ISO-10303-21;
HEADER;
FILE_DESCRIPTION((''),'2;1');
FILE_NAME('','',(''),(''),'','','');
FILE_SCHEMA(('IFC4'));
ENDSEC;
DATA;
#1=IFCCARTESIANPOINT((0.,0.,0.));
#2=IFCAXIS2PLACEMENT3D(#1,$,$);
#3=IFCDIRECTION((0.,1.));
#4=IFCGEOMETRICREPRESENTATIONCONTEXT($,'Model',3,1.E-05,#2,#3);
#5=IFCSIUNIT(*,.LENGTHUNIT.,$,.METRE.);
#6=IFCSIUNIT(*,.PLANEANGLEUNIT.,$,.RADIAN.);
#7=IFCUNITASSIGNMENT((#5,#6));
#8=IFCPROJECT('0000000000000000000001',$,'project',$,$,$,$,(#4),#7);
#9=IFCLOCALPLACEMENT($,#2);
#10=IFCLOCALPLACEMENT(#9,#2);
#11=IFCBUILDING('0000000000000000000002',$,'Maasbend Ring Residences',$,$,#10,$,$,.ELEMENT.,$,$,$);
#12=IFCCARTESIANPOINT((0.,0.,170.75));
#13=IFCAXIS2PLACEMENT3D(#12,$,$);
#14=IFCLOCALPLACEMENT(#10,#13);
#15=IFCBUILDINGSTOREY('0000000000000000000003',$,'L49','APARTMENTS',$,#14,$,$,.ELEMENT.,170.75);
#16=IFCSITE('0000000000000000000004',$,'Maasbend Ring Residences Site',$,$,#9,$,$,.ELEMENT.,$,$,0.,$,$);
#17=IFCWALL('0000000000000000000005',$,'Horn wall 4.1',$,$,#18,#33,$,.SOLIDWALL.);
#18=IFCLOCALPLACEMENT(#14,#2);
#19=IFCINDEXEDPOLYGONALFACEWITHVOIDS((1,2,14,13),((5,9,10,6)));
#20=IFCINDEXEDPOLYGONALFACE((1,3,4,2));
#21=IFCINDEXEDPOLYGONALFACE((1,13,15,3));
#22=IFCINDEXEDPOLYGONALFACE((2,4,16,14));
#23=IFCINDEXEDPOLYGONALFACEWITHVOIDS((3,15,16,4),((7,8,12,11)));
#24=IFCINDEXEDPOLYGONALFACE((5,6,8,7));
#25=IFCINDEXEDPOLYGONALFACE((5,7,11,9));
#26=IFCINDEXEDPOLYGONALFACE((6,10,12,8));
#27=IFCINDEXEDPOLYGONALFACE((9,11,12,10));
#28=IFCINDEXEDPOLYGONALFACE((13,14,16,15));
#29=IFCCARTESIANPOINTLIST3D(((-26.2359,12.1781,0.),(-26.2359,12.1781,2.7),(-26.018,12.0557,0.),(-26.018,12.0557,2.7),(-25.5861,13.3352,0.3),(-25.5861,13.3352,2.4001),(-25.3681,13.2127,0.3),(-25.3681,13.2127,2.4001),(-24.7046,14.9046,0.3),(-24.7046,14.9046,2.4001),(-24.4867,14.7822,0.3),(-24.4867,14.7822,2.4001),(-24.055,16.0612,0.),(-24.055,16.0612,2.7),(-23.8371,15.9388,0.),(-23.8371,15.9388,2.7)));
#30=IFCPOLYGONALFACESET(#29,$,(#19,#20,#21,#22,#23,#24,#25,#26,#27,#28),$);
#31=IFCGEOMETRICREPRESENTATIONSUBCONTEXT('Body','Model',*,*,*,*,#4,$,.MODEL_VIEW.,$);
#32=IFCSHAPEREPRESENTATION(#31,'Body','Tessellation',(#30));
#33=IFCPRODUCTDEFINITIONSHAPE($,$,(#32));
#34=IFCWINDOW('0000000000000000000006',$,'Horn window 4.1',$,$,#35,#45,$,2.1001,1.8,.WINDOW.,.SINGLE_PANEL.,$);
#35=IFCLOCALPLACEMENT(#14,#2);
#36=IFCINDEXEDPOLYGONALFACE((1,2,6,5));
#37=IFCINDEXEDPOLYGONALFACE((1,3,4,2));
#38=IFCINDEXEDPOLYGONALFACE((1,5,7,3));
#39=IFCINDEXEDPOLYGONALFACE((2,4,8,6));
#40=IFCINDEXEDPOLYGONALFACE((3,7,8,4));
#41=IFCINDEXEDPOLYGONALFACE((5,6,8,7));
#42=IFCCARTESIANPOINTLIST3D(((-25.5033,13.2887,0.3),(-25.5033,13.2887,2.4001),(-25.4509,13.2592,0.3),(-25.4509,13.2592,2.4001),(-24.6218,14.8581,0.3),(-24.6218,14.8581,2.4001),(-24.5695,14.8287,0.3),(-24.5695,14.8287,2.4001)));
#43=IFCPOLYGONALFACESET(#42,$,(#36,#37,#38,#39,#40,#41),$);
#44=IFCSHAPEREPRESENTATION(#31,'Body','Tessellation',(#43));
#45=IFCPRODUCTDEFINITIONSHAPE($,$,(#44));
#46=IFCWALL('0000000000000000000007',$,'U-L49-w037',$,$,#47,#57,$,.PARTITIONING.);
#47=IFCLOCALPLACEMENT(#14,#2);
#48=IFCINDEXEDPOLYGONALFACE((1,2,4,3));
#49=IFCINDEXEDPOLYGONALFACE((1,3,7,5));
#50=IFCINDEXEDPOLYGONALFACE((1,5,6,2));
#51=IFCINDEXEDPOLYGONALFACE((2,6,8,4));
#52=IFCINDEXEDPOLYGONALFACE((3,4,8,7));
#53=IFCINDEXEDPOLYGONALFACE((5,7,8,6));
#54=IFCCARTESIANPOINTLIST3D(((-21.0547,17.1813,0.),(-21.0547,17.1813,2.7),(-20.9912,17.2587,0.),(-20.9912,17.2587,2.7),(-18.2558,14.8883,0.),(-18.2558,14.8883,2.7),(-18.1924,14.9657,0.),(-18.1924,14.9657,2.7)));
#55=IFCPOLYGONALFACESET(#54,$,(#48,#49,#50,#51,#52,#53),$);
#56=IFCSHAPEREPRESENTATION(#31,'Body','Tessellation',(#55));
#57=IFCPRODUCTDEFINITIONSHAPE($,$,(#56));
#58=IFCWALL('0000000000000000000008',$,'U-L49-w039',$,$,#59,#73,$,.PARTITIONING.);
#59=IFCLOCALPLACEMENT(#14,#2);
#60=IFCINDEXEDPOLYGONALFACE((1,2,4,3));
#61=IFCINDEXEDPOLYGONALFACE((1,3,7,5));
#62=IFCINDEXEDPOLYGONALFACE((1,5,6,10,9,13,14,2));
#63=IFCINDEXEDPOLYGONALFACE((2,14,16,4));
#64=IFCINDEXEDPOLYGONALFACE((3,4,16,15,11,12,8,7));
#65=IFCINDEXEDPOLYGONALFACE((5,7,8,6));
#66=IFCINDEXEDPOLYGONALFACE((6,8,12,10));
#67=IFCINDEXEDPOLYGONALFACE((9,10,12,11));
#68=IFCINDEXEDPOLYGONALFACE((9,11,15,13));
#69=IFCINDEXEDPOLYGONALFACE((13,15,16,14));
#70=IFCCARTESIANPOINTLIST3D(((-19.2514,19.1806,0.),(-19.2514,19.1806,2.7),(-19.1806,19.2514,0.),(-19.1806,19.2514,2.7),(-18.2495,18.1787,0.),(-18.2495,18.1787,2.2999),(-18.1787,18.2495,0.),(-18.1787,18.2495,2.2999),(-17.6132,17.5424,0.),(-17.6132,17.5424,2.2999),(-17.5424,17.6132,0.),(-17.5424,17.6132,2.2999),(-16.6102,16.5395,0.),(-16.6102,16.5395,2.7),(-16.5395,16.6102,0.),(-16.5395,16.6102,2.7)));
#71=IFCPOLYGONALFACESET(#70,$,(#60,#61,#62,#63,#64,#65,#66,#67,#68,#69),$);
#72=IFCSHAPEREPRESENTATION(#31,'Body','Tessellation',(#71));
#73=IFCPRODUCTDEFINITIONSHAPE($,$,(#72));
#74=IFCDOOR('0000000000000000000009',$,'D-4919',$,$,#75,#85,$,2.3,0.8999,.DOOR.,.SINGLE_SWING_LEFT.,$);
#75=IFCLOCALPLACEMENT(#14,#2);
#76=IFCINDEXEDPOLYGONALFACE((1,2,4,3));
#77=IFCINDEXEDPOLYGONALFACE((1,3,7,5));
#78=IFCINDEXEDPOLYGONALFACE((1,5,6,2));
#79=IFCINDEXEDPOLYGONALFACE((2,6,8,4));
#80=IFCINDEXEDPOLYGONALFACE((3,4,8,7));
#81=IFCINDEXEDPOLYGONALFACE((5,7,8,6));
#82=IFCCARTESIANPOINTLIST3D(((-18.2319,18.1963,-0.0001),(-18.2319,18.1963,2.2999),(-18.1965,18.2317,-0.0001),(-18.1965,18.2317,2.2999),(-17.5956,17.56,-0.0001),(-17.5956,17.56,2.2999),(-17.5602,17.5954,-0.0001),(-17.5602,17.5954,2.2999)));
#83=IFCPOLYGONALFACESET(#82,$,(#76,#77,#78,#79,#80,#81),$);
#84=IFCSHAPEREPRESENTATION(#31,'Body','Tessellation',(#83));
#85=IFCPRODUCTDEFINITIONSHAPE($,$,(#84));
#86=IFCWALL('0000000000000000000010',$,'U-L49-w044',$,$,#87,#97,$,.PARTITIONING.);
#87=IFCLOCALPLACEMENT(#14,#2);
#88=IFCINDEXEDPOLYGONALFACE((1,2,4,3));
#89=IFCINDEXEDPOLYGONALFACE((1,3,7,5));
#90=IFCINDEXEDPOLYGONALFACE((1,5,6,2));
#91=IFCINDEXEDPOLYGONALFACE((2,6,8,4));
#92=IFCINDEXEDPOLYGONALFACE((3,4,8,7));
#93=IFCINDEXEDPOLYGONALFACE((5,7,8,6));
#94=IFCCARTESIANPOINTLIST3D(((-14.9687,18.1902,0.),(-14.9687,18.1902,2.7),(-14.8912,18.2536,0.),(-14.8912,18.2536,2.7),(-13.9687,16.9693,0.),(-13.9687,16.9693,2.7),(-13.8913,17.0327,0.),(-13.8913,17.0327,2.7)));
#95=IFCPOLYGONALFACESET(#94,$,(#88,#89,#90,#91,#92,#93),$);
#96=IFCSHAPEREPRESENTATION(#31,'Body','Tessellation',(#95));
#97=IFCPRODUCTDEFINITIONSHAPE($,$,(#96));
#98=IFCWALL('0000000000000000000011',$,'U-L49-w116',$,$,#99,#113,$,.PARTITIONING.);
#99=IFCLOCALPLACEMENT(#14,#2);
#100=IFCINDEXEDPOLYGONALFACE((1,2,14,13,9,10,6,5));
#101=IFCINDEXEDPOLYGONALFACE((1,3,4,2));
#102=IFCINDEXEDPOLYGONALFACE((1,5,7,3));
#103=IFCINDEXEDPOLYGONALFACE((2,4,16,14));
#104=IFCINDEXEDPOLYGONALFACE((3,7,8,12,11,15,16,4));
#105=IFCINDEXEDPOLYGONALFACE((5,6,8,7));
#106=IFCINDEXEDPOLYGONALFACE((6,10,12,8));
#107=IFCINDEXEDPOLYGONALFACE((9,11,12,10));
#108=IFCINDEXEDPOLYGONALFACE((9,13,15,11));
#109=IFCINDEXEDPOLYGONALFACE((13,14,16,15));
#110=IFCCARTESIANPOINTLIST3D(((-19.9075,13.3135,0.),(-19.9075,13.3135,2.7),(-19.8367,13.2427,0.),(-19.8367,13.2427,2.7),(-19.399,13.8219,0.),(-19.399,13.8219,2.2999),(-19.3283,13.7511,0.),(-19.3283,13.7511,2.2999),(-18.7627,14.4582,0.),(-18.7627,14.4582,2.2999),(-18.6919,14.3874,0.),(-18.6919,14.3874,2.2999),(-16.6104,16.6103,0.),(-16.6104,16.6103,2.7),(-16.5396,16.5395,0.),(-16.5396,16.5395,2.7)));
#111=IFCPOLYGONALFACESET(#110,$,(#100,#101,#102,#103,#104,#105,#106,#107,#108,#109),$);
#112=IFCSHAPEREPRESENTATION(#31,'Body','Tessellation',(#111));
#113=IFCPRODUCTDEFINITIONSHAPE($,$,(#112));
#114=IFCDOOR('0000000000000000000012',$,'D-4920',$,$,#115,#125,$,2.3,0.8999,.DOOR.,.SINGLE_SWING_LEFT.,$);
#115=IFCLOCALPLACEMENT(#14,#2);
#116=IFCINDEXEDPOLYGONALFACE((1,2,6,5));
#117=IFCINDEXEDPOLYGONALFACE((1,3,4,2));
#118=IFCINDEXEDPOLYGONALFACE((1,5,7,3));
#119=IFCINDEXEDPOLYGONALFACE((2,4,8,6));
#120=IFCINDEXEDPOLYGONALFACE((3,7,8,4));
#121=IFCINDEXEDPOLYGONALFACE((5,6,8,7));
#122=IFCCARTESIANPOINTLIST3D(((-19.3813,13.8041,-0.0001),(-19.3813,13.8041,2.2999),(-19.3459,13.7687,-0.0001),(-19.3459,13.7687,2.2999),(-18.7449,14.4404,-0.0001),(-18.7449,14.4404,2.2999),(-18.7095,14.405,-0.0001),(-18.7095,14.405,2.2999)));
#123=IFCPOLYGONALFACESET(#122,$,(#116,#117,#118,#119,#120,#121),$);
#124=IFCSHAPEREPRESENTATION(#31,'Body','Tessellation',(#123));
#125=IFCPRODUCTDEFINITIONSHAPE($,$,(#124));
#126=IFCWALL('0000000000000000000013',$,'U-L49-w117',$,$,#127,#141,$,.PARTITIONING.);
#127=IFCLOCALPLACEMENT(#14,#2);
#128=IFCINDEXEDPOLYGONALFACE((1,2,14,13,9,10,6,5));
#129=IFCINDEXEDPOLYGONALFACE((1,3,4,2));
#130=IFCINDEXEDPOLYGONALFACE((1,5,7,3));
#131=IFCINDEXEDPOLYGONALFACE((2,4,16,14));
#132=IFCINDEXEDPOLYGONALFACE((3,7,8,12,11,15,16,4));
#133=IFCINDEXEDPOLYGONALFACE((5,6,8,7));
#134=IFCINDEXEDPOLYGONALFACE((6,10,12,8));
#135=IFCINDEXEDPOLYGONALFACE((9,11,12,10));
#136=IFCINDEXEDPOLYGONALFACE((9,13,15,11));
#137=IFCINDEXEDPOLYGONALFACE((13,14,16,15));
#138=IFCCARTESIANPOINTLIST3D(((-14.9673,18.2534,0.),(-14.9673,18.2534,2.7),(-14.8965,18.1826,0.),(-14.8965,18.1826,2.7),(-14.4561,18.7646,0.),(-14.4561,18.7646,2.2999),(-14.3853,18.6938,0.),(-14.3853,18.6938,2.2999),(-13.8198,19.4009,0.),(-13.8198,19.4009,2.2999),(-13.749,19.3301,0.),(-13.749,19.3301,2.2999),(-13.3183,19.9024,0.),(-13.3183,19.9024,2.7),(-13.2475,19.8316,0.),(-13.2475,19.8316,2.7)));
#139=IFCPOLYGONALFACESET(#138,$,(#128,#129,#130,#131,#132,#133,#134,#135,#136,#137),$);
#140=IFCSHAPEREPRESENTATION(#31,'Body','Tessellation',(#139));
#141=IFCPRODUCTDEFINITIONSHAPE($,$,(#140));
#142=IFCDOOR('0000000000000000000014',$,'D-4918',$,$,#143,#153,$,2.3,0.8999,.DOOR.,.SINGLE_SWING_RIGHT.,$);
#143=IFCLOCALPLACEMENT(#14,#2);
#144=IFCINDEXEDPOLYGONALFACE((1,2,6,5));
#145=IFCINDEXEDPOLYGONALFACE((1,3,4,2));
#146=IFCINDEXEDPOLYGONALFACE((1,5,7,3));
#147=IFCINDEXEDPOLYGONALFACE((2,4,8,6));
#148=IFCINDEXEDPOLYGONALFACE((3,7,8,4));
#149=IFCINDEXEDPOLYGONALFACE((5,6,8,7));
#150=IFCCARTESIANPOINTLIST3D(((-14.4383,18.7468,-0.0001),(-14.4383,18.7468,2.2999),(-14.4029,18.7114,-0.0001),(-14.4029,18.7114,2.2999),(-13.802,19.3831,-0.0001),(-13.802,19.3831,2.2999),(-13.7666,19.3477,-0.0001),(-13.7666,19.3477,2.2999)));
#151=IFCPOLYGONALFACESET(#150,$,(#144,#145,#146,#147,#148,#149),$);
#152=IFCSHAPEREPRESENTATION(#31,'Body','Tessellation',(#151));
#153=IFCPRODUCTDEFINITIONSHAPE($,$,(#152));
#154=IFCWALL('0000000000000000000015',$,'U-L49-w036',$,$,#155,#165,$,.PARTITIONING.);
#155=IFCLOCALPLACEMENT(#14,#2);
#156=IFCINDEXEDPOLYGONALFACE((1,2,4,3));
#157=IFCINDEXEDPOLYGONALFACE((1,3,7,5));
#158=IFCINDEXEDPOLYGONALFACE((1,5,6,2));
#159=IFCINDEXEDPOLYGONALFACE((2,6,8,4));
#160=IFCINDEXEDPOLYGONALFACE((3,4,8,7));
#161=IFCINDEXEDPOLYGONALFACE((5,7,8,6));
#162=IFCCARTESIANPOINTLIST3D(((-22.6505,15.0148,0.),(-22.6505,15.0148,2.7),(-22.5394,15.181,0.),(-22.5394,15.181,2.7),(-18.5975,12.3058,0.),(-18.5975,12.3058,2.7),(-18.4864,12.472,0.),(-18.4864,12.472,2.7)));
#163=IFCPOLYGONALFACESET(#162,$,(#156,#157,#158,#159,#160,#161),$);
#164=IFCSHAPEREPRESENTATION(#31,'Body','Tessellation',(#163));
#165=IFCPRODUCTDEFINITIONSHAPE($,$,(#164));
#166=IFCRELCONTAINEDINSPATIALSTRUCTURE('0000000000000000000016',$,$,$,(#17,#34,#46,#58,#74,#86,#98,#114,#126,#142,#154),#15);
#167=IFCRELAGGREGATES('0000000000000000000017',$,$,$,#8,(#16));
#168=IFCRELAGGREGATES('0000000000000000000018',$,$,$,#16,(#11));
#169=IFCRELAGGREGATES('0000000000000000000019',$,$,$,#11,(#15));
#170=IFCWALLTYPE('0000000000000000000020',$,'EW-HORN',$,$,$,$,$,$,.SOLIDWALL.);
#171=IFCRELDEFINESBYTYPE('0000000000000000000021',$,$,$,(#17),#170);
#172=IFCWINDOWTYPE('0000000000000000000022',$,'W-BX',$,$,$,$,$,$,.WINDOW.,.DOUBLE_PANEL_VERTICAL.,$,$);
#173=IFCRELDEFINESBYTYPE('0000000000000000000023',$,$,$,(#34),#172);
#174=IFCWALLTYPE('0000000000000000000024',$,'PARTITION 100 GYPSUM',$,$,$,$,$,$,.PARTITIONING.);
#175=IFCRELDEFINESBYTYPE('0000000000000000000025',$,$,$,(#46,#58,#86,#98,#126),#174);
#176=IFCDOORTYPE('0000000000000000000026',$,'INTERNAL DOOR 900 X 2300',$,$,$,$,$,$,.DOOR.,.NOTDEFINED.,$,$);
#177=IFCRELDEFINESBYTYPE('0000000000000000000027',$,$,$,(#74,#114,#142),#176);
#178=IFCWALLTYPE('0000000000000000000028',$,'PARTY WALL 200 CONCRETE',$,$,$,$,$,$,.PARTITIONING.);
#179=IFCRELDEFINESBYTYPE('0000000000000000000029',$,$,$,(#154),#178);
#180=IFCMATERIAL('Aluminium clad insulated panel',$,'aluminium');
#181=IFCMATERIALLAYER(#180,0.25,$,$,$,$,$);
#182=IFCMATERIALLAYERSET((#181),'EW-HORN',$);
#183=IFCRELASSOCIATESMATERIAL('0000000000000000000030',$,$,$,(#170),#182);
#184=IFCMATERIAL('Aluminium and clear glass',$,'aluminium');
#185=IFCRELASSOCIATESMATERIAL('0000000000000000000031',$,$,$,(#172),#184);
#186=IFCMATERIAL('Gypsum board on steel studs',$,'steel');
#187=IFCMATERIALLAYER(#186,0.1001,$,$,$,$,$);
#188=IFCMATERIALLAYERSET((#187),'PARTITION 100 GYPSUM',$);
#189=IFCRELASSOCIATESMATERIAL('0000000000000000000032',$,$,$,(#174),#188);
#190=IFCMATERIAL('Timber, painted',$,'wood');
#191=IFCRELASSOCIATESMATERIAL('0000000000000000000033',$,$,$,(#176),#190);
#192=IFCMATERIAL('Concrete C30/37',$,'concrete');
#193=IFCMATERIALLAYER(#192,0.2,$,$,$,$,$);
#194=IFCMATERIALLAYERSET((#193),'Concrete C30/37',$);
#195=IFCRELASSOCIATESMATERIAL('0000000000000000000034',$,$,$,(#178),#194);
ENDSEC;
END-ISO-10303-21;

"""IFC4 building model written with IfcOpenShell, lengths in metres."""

from ifc_helpers import new_model, si_unit, direction, frame, frame_2d, origin, place, context, subcontext, project, spatial, rectangle, extrude, material, layer, layer_set, type_object, element, fill, save


model = new_model("IFC4")

# Units and contexts
model_context = context("Model", 3, precision=1e-05, world=origin(), true_north=direction((0.0, 1.0)))
body_context = subcontext(model_context, "Body", "Model", "MODEL_VIEW")
ifc_project = project(units=[si_unit("LENGTHUNIT", "METRE"), si_unit("PLANEANGLEUNIT", "RADIAN")], contexts=[model_context])

# Site, building, storey
site_placement = place(None, origin())
site = spatial("IfcSite", under=ifc_project, at=site_placement, Name="Maasbend Ring Residences Site", CompositionType="ELEMENT", RefElevation=0.0)
building_placement = place(site_placement, origin())
building = spatial("IfcBuilding", under=site, at=building_placement, Name="Maasbend Ring Residences", CompositionType="ELEMENT")
storey_placement = place(building_placement, frame((0.0, 0.0, 170.75)))
storey = spatial("IfcBuildingStorey", under=building, at=storey_placement, Name="L49", Description="APARTMENTS", CompositionType="ELEMENT", Elevation=170.75)

# Wall, opening, window
ifc_material_1 = material(Name="Aluminium clad insulated panel", Category="aluminium")
ifc_layer_1 = layer(ifc_material_1, 0.25)
ifc_layer_set_1 = layer_set([ifc_layer_1], Name="EW-HORN")
wall_type_1 = type_object("IfcWallType", Name="EW-HORN", PredefinedType="SOLIDWALL", material=ifc_layer_set_1)
wall_1_placement = place(storey_placement, frame((-23.946, 16.0, 0.0), z_axis=(0.0, 0.0, 1.0), x_axis=(-0.489696, -0.871893, 0.0)))
wall_1 = element("IfcWall", 1, at=wall_1_placement, inside=storey, type_object=wall_type_1, Name="Horn wall 4.1", PredefinedType="SOLIDWALL", context=body_context, shape_type="SweptSolid", body=[
    extrude(rectangle(XDim=4.4536, YDim=0.25, at=frame_2d((2.2268, 0.0))), origin(), (0.0, 0.0, 1.0), 2.7),
])
opening_1_placement = place(wall_1_placement, frame((1.3267, 0.0, 0.3)))
opening_1 = element("IfcOpeningElement", 2, at=opening_1_placement, cuts=wall_1, PredefinedType="OPENING", context=body_context, shape_type="SweptSolid", body=[
    extrude(rectangle(XDim=1.8, YDim=2.1001, at=frame_2d((0.8999, 1.05))), frame((0.0, 0.135, 0.0), z_axis=(0.0, -1.0, 0.0), x_axis=(1.0, 0.0, 0.0)), (0.0, 0.0, 1.0), 0.27),
])
ifc_material_2 = material(Name="Aluminium and clear glass", Category="aluminium")
window_type_1 = type_object("IfcWindowType", Name="W-BX", PartitioningType="DOUBLE_PANEL_VERTICAL", PredefinedType="WINDOW", material=ifc_material_2)
window_1_placement = place(opening_1_placement, origin())
window_1 = element("IfcWindow", 3, at=window_1_placement, inside=storey, type_object=window_type_1, Name="Horn window 4.1", OverallHeight=2.1001, OverallWidth=1.8, PartitioningType="SINGLE_PANEL", PredefinedType="WINDOW", context=body_context, shape_type="SweptSolid", body=[
    extrude(rectangle(XDim=1.8, YDim=2.1001, at=frame_2d((0.8999, 1.05))), frame((0.0, 0.03, 0.0), z_axis=(0.0, -1.0, 0.0), x_axis=(1.0, 0.0, 0.0)), (0.0, 0.0, 1.0), 0.0601),
])
fill(opening_1, window_1)

# Wall
ifc_material_3 = material(Name="Gypsum board on steel studs", Category="steel")
ifc_layer_2 = layer(ifc_material_3, 0.1001)
ifc_layer_set_2 = layer_set([ifc_layer_2], Name="PARTITION 100 GYPSUM")
wall_type_2 = type_object("IfcWallType", Name="PARTITION 100 GYPSUM", PredefinedType="PARTITIONING", material=ifc_layer_set_2)
wall_2_placement = place(storey_placement, frame((-21.0229, 17.22, 0.0), z_axis=(0.0, 0.0, 1.0), x_axis=(0.773548, -0.633737, 0.0)))
element("IfcWall", 4, at=wall_2_placement, inside=storey, type_object=wall_type_2, Name="U-L49-w037", PredefinedType="PARTITIONING", context=body_context, shape_type="SweptSolid", body=[
    extrude(rectangle(XDim=3.6182, YDim=0.1001, at=frame_2d((1.8091, 0.0))), origin(), (0.0, 0.0, 1.0), 2.7),
])

# Wall, opening, door
wall_3_placement = place(storey_placement, frame((-19.2161, 19.2161, 0.0), z_axis=(0.0, 0.0, 1.0), x_axis=(0.707107, -0.707107, 0.0)))
wall_3 = element("IfcWall", 5, at=wall_3_placement, inside=storey, type_object=wall_type_2, Name="U-L49-w039", PredefinedType="PARTITIONING", context=body_context, shape_type="SweptSolid", body=[
    extrude(rectangle(XDim=3.7351, YDim=0.1001, at=frame_2d((1.8677, 0.0))), origin(), (0.0, 0.0, 1.0), 2.7),
])
opening_2_placement = place(wall_3_placement, frame((1.417, 0.0, 0.0)))
opening_2 = element("IfcOpeningElement", 6, at=opening_2_placement, cuts=wall_3, PredefinedType="OPENING", context=body_context, shape_type="SweptSolid", body=[
    extrude(rectangle(XDim=0.8999, YDim=2.3, at=frame_2d((0.45, 1.1499))), frame((0.0, 0.0601, 0.0), z_axis=(0.0, -1.0, 0.0), x_axis=(1.0, 0.0, 0.0)), (0.0, 0.0, 1.0), 0.1201),
])
ifc_material_4 = material(Name="Timber, painted", Category="wood")
door_type_1 = type_object("IfcDoorType", Name="INTERNAL DOOR 900 X 2300", OperationType="NOTDEFINED", PredefinedType="DOOR", material=ifc_material_4)
door_1_placement = place(opening_2_placement, origin())
door_1 = element("IfcDoor", 7, at=door_1_placement, inside=storey, type_object=door_type_1, Name="D-4919", OperationType="SINGLE_SWING_LEFT", OverallHeight=2.3, OverallWidth=0.8999, PredefinedType="DOOR", context=body_context, shape_type="SweptSolid", body=[
    extrude(rectangle(XDim=0.8999, YDim=2.3, at=frame_2d((0.45, 1.1499))), frame((0.0, 0.0249, 0.0), z_axis=(0.0, -1.0, 0.0), x_axis=(1.0, 0.0, 0.0)), (0.0, 0.0, 1.0), 0.05),
])
fill(opening_2, door_1)

# Wall
wall_4_placement = place(storey_placement, frame((-14.9299, 18.2219, 0.0), z_axis=(0.0, 0.0, 1.0), x_axis=(0.633634, -0.773633, 0.0)))
element("IfcWall", 8, at=wall_4_placement, inside=storey, type_object=wall_type_2, Name="U-L49-w044", PredefinedType="PARTITIONING", context=body_context, shape_type="SweptSolid", body=[
    extrude(rectangle(XDim=1.5781, YDim=0.1001, at=frame_2d((0.7891, 0.0))), origin(), (0.0, 0.0, 1.0), 2.7),
])

# Walls, openings, doors
wall_5_placement = place(storey_placement, frame((-19.8721, 13.2781, 0.0), z_axis=(0.0, 0.0, 1.0), x_axis=(0.707133, 0.707081, 0.0)))
wall_5 = element("IfcWall", 9, at=wall_5_placement, inside=storey, type_object=wall_type_2, Name="U-L49-w116", PredefinedType="PARTITIONING", context=body_context, shape_type="SweptSolid", body=[
    extrude(rectangle(XDim=4.6626, YDim=0.1001, at=frame_2d((2.3313, 0.0))), origin(), (0.0, 0.0, 1.0), 2.7),
])
opening_3_placement = place(wall_5_placement, frame((0.719, 0.0, 0.0)))
opening_3 = element("IfcOpeningElement", 10, at=opening_3_placement, cuts=wall_5, PredefinedType="OPENING", context=body_context, shape_type="SweptSolid", body=[
    extrude(rectangle(XDim=0.8999, YDim=2.3, at=frame_2d((0.45, 1.1499))), frame((0.0, 0.0601, 0.0), z_axis=(0.0, -1.0, 0.0), x_axis=(1.0, 0.0, 0.0)), (0.0, 0.0, 1.0), 0.1201),
])
door_2_placement = place(opening_3_placement, origin())
door_2 = element("IfcDoor", 11, at=door_2_placement, inside=storey, type_object=door_type_1, Name="D-4920", OperationType="SINGLE_SWING_LEFT", OverallHeight=2.3, OverallWidth=0.8999, PredefinedType="DOOR", context=body_context, shape_type="SweptSolid", body=[
    extrude(rectangle(XDim=0.8999, YDim=2.3, at=frame_2d((0.45, 1.1499))), frame((0.0, 0.0249, 0.0), z_axis=(0.0, -1.0, 0.0), x_axis=(1.0, 0.0, 0.0)), (0.0, 0.0, 1.0), 0.05),
])
fill(opening_3, door_2)
wall_6_placement = place(storey_placement, frame((-14.9319, 18.218, 0.0), z_axis=(0.0, 0.0, 1.0), x_axis=(0.707107, 0.707107, 0.0)))
wall_6 = element("IfcWall", 12, at=wall_6_placement, inside=storey, type_object=wall_type_2, Name="U-L49-w117", PredefinedType="PARTITIONING", context=body_context, shape_type="SweptSolid", body=[
    extrude(rectangle(XDim=2.332, YDim=0.1001, at=frame_2d((1.166, 0.0))), origin(), (0.0, 0.0, 1.0), 2.7),
])
opening_4_placement = place(wall_6_placement, frame((0.7229, 0.0, 0.0)))
opening_4 = element("IfcOpeningElement", 13, at=opening_4_placement, cuts=wall_6, PredefinedType="OPENING", context=body_context, shape_type="SweptSolid", body=[
    extrude(rectangle(XDim=0.8999, YDim=2.3, at=frame_2d((0.45, 1.1499))), frame((0.0, 0.0601, 0.0), z_axis=(0.0, -1.0, 0.0), x_axis=(1.0, 0.0, 0.0)), (0.0, 0.0, 1.0), 0.1201),
])
door_3_placement = place(opening_4_placement, origin())
door_3 = element("IfcDoor", 14, at=door_3_placement, inside=storey, type_object=door_type_1, Name="D-4918", OperationType="SINGLE_SWING_RIGHT", OverallHeight=2.3, OverallWidth=0.8999, PredefinedType="DOOR", context=body_context, shape_type="SweptSolid", body=[
    extrude(rectangle(XDim=0.8999, YDim=2.3, at=frame_2d((0.45, 1.1499))), frame((0.0, 0.0249, 0.0), z_axis=(0.0, -1.0, 0.0), x_axis=(1.0, 0.0, 0.0)), (0.0, 0.0, 1.0), 0.05),
])
fill(opening_4, door_3)

# Wall
ifc_material_5 = material(Name="Concrete C30/37", Category="concrete")
ifc_layer_3 = layer(ifc_material_5, 0.2)
ifc_layer_set_3 = layer_set([ifc_layer_3], Name="Concrete C30/37")
wall_type_3 = type_object("IfcWallType", Name="PARTY WALL 200 CONCRETE", PredefinedType="PARTITIONING", material=ifc_layer_set_3)
wall_7_placement = place(storey_placement, frame((-22.595, 15.0979, 0.0), z_axis=(0.0, 0.0, 1.0), x_axis=(0.831387, -0.555694, 0.0)))
element("IfcWall", 15, at=wall_7_placement, inside=storey, type_object=wall_type_3, Name="U-L49-w036", PredefinedType="PARTITIONING", context=body_context, shape_type="SweptSolid", body=[
    extrude(rectangle(XDim=4.875, YDim=0.2, at=frame_2d((2.4375, 0.0))), origin(), (0.0, 0.0, 1.0), 2.7),
])

save(model, "model.ifc")
